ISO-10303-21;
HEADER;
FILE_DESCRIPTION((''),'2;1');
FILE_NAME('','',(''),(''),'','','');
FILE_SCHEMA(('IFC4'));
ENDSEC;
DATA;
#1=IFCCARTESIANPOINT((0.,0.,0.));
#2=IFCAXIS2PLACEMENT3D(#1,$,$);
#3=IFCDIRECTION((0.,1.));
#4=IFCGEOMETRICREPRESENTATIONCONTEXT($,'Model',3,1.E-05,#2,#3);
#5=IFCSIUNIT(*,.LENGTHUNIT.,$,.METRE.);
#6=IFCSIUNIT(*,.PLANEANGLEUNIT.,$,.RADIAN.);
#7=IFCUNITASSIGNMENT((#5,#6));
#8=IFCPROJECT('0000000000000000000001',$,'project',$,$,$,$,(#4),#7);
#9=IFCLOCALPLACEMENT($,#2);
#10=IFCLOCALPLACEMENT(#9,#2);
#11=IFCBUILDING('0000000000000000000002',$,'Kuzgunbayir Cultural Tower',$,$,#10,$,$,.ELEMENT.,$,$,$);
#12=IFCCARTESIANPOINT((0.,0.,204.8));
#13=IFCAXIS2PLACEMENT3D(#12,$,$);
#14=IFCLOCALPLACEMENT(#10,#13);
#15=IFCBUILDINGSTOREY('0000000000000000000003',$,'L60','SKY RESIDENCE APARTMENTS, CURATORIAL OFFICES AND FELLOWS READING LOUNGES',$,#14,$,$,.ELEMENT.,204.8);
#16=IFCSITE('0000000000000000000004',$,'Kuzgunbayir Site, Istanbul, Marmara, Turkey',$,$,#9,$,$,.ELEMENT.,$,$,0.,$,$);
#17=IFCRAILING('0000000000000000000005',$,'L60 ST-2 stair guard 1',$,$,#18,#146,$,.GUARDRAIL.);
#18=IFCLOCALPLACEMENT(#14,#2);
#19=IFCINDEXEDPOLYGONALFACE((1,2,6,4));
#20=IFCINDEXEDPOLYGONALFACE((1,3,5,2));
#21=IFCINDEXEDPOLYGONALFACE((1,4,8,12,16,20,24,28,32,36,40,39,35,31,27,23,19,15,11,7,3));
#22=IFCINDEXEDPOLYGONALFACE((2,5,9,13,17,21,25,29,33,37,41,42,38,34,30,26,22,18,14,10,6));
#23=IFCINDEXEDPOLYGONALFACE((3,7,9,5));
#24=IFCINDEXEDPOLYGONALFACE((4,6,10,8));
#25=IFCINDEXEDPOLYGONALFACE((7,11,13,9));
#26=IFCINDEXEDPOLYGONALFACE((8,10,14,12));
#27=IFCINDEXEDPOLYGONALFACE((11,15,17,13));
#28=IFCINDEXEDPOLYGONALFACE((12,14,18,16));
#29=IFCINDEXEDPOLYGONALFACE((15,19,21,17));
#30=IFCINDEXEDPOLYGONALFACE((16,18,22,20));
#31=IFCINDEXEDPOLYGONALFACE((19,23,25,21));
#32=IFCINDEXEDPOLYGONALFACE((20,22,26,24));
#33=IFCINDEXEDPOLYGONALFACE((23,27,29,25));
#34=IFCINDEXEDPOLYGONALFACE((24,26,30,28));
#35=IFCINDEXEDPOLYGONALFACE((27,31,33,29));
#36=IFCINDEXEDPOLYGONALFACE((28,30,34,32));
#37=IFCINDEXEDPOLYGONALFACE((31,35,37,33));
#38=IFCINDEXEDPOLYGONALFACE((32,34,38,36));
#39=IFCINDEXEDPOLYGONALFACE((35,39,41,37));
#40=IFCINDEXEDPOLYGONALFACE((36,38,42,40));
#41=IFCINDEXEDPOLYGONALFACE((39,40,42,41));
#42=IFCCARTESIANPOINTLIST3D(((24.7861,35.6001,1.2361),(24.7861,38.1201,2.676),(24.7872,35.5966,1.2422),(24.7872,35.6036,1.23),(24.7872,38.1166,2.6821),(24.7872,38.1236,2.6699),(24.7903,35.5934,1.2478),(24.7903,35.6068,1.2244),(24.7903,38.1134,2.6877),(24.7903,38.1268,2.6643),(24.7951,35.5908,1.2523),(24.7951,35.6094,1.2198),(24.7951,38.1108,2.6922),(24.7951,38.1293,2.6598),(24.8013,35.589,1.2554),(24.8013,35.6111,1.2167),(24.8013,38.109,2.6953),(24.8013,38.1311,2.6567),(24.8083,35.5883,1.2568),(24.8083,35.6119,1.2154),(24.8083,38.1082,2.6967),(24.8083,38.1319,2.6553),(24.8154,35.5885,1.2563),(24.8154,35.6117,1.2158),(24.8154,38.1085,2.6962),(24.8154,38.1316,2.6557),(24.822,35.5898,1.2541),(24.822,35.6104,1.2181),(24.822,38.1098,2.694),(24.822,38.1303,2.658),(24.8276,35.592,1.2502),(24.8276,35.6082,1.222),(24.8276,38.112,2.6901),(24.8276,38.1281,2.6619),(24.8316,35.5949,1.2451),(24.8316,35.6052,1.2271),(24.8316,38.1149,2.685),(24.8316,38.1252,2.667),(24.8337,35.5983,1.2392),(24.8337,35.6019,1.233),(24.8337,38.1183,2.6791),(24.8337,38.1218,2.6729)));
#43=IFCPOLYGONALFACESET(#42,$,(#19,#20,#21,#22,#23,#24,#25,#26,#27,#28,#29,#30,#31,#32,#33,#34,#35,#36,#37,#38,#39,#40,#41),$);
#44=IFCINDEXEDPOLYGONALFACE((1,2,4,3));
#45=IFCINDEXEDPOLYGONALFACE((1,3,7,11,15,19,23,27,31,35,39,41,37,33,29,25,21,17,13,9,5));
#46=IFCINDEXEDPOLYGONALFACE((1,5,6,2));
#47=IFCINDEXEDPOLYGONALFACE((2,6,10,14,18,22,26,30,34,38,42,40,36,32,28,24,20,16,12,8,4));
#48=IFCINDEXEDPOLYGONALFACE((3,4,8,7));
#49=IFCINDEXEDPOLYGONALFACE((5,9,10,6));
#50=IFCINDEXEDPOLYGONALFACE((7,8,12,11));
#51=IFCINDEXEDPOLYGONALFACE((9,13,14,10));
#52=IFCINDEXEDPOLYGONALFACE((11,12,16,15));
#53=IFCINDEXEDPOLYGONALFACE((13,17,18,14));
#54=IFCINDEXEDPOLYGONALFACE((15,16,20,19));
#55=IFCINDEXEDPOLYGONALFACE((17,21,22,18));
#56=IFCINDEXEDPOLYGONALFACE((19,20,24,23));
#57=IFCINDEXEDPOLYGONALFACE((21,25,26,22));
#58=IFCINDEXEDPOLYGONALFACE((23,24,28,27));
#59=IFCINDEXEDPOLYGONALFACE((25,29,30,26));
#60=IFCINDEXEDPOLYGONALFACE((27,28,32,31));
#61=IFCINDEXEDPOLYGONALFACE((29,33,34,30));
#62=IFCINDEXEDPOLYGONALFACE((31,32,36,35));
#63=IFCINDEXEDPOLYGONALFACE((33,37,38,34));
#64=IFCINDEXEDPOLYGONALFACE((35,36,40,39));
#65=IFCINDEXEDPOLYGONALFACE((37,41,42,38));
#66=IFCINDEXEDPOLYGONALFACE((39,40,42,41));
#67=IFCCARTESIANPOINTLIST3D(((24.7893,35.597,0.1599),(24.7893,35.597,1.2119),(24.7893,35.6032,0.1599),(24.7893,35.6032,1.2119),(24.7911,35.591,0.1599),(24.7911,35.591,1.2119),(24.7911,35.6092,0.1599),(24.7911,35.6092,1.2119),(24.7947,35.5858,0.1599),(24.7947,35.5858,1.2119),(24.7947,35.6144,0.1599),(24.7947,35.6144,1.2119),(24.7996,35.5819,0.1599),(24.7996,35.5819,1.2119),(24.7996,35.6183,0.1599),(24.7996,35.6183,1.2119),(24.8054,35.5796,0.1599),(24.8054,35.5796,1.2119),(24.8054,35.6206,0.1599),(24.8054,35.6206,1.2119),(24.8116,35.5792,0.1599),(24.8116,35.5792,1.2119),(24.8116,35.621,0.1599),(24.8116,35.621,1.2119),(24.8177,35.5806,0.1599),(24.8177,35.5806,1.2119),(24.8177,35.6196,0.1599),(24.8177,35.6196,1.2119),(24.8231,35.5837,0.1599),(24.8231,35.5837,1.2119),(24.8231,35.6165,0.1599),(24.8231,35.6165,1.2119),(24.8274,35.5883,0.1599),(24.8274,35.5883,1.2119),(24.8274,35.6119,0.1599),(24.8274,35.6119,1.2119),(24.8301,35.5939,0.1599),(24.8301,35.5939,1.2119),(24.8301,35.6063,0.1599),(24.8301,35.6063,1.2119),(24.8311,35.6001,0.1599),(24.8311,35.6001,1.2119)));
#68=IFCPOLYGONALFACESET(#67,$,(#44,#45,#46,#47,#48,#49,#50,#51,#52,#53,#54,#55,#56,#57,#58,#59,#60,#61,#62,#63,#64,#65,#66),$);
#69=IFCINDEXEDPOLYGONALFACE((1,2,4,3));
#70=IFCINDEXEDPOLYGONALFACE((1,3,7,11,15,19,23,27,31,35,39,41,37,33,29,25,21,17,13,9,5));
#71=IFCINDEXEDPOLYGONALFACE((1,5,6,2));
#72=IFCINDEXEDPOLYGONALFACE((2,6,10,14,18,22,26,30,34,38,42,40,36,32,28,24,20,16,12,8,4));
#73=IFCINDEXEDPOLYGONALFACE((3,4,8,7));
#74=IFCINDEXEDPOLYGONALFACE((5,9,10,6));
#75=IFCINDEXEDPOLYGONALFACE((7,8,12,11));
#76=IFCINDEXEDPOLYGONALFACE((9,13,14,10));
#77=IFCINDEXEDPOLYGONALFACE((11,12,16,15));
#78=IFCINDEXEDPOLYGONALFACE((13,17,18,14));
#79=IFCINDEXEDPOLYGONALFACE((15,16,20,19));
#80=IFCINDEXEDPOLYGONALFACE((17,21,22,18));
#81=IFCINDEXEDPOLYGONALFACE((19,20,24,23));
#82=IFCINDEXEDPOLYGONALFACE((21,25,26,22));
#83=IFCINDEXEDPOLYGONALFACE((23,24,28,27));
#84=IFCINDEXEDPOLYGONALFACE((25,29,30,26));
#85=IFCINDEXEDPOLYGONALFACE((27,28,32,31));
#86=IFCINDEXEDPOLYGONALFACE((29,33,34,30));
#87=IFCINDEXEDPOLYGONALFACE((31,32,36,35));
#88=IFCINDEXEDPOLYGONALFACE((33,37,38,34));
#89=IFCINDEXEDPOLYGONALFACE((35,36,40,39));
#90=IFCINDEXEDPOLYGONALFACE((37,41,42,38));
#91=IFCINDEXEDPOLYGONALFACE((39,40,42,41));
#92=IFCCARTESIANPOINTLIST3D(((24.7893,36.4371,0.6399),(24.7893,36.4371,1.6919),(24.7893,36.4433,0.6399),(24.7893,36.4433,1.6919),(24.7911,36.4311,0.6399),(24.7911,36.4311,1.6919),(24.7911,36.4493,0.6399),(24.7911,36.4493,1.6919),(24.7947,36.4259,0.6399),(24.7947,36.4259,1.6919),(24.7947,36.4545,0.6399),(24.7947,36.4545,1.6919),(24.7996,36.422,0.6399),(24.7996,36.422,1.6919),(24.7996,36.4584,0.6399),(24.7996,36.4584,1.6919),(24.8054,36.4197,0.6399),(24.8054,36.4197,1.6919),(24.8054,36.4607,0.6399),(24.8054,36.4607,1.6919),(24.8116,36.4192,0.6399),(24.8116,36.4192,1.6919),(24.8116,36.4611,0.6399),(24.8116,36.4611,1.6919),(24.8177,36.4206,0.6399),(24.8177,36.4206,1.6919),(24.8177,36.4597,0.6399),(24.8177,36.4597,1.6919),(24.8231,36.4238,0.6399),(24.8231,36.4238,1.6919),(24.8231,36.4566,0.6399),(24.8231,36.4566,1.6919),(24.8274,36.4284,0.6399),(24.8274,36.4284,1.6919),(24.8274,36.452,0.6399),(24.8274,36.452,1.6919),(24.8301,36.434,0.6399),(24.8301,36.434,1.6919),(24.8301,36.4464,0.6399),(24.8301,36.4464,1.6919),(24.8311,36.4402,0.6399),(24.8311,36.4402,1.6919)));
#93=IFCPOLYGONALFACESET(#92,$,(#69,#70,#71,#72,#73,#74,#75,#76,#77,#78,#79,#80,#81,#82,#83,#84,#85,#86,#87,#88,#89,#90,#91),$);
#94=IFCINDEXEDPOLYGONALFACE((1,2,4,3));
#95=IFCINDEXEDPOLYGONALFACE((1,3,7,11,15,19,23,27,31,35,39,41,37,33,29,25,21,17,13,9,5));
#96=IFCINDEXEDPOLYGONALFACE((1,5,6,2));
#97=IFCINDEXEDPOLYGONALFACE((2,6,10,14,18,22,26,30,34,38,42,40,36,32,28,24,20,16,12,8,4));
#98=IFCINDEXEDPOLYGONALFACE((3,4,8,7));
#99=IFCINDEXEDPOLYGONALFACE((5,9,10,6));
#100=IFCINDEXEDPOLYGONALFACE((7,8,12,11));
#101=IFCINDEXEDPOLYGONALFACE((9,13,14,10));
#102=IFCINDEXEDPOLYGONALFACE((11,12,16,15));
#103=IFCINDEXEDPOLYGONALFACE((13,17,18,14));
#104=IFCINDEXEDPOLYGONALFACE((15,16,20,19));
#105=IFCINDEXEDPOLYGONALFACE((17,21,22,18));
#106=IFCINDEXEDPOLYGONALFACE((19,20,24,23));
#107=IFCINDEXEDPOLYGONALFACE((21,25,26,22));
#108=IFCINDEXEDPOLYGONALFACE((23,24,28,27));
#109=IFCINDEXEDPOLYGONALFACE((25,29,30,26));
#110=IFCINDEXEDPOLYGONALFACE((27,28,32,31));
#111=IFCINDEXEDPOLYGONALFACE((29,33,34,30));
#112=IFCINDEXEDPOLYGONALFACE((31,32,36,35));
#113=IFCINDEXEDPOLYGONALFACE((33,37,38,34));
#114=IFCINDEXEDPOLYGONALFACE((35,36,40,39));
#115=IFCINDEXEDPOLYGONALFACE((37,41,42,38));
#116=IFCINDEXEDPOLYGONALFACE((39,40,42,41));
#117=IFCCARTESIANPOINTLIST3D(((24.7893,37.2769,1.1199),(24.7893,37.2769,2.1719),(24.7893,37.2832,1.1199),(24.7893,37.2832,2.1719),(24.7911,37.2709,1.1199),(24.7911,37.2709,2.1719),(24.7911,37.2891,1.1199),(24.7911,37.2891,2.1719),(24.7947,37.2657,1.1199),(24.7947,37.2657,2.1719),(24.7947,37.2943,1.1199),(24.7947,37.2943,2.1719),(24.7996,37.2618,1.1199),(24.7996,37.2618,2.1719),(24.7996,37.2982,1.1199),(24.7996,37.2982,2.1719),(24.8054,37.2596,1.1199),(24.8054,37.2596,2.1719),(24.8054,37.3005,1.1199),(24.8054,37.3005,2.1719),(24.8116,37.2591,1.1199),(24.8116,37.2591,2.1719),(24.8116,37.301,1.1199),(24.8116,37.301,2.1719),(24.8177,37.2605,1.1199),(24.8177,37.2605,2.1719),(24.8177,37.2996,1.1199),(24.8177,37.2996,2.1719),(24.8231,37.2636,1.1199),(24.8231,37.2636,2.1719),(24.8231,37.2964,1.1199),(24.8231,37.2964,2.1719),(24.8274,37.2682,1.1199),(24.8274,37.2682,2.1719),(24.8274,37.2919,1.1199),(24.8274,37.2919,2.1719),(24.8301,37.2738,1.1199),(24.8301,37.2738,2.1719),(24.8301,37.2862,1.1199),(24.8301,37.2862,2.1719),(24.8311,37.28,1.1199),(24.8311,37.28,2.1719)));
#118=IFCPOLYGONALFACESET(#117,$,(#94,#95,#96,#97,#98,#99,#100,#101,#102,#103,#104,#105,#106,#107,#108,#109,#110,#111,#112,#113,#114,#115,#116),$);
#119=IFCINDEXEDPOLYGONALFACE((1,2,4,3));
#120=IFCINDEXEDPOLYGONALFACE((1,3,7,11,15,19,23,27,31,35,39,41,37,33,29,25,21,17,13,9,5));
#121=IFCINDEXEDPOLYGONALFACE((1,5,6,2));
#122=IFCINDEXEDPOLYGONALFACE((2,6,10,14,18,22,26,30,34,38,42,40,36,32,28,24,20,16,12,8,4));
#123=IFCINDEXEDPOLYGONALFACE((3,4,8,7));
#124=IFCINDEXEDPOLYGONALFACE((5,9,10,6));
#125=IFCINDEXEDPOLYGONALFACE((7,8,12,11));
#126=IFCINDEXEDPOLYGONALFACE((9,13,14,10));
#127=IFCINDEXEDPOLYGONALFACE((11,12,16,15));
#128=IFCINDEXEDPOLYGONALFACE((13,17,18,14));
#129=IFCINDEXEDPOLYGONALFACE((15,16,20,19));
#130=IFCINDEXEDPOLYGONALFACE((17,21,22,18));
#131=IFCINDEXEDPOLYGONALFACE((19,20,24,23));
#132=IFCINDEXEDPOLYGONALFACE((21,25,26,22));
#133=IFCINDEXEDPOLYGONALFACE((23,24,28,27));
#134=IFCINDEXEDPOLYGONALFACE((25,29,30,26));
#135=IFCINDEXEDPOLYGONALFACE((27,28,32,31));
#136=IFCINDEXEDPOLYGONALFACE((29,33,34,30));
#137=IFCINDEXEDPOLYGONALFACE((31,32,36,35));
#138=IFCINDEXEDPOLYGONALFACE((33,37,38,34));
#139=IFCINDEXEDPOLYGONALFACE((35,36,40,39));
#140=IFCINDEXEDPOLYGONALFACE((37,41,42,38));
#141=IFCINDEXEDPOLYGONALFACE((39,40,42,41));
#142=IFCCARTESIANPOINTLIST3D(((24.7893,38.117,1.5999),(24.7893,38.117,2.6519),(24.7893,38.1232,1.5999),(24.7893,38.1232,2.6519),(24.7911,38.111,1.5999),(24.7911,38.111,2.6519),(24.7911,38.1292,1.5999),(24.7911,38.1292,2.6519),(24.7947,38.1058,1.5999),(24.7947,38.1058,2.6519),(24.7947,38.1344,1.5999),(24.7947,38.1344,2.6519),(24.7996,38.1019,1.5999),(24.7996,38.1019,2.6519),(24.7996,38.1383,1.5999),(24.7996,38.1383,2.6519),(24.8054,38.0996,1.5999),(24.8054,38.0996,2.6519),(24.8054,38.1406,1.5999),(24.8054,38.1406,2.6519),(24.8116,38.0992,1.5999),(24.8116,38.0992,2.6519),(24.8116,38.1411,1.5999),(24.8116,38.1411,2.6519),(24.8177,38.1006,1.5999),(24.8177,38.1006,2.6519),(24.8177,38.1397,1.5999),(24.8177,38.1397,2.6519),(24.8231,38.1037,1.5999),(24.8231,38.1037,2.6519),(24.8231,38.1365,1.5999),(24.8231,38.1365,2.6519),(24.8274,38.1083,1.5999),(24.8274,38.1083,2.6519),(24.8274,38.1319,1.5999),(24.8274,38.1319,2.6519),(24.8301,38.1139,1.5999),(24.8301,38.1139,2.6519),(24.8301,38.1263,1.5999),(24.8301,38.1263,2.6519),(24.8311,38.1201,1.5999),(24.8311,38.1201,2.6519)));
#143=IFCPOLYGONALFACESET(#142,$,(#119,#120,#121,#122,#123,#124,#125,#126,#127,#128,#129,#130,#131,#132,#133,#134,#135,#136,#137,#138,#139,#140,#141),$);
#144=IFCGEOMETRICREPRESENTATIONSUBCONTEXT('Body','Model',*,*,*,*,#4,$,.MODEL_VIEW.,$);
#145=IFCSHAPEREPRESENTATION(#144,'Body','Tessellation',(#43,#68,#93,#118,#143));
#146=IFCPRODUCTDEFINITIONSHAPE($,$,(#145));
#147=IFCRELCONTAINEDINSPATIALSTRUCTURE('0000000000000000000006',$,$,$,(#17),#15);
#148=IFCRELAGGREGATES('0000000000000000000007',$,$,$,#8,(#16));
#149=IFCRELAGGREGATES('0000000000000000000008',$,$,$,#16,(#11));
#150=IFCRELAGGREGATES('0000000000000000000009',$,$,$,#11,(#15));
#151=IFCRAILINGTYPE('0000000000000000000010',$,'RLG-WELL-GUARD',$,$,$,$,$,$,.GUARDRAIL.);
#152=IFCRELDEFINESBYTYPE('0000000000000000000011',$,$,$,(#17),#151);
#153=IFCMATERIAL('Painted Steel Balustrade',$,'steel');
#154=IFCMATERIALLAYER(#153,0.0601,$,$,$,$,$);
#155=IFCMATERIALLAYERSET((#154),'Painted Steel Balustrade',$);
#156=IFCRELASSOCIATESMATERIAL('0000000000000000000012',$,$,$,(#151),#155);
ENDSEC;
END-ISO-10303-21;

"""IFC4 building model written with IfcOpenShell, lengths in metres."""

from ifc_helpers import new_model, si_unit, direction, frame, origin, origin_2d, place, context, subcontext, project, spatial, circle, extrude, material, layer, layer_set, type_object, element, save


model = new_model("IFC4")

# Units and contexts
model_context = context("Model", 3, precision=1e-05, world=origin(), true_north=direction((0.0, 1.0)))
body_context = subcontext(model_context, "Body", "Model", "MODEL_VIEW")
ifc_project = project(units=[si_unit("LENGTHUNIT", "METRE"), si_unit("PLANEANGLEUNIT", "RADIAN")], contexts=[model_context])

# Site, building, storey
site_placement = place(None, origin())
site = spatial("IfcSite", under=ifc_project, at=site_placement, Name="Kuzgunbayir Site, Istanbul, Marmara, Turkey", CompositionType="ELEMENT", RefElevation=0.0)
building_placement = place(site_placement, origin())
building = spatial("IfcBuilding", under=site, at=building_placement, Name="Kuzgunbayir Cultural Tower", CompositionType="ELEMENT")
storey_placement = place(building_placement, frame((0.0, 0.0, 204.8)))
storey = spatial("IfcBuildingStorey", under=building, at=storey_placement, Name="L60", Description="SKY RESIDENCE APARTMENTS, CURATORIAL OFFICES AND FELLOWS READING LOUNGES", CompositionType="ELEMENT", Elevation=204.8)

# Railing
ifc_material_1 = material(Name="Painted Steel Balustrade", Category="steel")
ifc_layer_1 = layer(ifc_material_1, 0.0601)
ifc_layer_set_1 = layer_set([ifc_layer_1], Name="Painted Steel Balustrade")
railing_type_1 = type_object("IfcRailingType", Name="RLG-WELL-GUARD", PredefinedType="GUARDRAIL", material=ifc_layer_set_1)
railing_1_placement = place(storey_placement, frame((24.8101, 35.6001, 0.1599)))
element("IfcRailing", 1, at=railing_1_placement, inside=storey, type_object=railing_type_1, Name="L60 ST-2 stair guard 1", PredefinedType="GUARDRAIL", context=body_context, shape_type="SweptSolid", body=[
    extrude(circle(Radius=0.0239, at=origin_2d()), frame((0.0, 0.0, 1.0762), z_axis=(0.0, 0.868253, 0.496121), x_axis=(-1.0, 0.0, 0.0)), (0.0, 0.0, 1.0), 2.9023),
    extrude(circle(Radius=0.021, at=origin_2d()), origin(), (0.0, 0.0, 1.0), 1.052),
    extrude(circle(Radius=0.021, at=origin_2d()), frame((0.0, 0.8401, 0.48)), (0.0, 0.0, 1.0), 1.052),
    extrude(circle(Radius=0.021, at=origin_2d()), frame((0.0, 1.6799, 0.96)), (0.0, 0.0, 1.0), 1.052),
    extrude(circle(Radius=0.021, at=origin_2d()), frame((0.0, 2.52, 1.4399)), (0.0, 0.0, 1.0), 1.052),
])

save(model, "model.ifc")
